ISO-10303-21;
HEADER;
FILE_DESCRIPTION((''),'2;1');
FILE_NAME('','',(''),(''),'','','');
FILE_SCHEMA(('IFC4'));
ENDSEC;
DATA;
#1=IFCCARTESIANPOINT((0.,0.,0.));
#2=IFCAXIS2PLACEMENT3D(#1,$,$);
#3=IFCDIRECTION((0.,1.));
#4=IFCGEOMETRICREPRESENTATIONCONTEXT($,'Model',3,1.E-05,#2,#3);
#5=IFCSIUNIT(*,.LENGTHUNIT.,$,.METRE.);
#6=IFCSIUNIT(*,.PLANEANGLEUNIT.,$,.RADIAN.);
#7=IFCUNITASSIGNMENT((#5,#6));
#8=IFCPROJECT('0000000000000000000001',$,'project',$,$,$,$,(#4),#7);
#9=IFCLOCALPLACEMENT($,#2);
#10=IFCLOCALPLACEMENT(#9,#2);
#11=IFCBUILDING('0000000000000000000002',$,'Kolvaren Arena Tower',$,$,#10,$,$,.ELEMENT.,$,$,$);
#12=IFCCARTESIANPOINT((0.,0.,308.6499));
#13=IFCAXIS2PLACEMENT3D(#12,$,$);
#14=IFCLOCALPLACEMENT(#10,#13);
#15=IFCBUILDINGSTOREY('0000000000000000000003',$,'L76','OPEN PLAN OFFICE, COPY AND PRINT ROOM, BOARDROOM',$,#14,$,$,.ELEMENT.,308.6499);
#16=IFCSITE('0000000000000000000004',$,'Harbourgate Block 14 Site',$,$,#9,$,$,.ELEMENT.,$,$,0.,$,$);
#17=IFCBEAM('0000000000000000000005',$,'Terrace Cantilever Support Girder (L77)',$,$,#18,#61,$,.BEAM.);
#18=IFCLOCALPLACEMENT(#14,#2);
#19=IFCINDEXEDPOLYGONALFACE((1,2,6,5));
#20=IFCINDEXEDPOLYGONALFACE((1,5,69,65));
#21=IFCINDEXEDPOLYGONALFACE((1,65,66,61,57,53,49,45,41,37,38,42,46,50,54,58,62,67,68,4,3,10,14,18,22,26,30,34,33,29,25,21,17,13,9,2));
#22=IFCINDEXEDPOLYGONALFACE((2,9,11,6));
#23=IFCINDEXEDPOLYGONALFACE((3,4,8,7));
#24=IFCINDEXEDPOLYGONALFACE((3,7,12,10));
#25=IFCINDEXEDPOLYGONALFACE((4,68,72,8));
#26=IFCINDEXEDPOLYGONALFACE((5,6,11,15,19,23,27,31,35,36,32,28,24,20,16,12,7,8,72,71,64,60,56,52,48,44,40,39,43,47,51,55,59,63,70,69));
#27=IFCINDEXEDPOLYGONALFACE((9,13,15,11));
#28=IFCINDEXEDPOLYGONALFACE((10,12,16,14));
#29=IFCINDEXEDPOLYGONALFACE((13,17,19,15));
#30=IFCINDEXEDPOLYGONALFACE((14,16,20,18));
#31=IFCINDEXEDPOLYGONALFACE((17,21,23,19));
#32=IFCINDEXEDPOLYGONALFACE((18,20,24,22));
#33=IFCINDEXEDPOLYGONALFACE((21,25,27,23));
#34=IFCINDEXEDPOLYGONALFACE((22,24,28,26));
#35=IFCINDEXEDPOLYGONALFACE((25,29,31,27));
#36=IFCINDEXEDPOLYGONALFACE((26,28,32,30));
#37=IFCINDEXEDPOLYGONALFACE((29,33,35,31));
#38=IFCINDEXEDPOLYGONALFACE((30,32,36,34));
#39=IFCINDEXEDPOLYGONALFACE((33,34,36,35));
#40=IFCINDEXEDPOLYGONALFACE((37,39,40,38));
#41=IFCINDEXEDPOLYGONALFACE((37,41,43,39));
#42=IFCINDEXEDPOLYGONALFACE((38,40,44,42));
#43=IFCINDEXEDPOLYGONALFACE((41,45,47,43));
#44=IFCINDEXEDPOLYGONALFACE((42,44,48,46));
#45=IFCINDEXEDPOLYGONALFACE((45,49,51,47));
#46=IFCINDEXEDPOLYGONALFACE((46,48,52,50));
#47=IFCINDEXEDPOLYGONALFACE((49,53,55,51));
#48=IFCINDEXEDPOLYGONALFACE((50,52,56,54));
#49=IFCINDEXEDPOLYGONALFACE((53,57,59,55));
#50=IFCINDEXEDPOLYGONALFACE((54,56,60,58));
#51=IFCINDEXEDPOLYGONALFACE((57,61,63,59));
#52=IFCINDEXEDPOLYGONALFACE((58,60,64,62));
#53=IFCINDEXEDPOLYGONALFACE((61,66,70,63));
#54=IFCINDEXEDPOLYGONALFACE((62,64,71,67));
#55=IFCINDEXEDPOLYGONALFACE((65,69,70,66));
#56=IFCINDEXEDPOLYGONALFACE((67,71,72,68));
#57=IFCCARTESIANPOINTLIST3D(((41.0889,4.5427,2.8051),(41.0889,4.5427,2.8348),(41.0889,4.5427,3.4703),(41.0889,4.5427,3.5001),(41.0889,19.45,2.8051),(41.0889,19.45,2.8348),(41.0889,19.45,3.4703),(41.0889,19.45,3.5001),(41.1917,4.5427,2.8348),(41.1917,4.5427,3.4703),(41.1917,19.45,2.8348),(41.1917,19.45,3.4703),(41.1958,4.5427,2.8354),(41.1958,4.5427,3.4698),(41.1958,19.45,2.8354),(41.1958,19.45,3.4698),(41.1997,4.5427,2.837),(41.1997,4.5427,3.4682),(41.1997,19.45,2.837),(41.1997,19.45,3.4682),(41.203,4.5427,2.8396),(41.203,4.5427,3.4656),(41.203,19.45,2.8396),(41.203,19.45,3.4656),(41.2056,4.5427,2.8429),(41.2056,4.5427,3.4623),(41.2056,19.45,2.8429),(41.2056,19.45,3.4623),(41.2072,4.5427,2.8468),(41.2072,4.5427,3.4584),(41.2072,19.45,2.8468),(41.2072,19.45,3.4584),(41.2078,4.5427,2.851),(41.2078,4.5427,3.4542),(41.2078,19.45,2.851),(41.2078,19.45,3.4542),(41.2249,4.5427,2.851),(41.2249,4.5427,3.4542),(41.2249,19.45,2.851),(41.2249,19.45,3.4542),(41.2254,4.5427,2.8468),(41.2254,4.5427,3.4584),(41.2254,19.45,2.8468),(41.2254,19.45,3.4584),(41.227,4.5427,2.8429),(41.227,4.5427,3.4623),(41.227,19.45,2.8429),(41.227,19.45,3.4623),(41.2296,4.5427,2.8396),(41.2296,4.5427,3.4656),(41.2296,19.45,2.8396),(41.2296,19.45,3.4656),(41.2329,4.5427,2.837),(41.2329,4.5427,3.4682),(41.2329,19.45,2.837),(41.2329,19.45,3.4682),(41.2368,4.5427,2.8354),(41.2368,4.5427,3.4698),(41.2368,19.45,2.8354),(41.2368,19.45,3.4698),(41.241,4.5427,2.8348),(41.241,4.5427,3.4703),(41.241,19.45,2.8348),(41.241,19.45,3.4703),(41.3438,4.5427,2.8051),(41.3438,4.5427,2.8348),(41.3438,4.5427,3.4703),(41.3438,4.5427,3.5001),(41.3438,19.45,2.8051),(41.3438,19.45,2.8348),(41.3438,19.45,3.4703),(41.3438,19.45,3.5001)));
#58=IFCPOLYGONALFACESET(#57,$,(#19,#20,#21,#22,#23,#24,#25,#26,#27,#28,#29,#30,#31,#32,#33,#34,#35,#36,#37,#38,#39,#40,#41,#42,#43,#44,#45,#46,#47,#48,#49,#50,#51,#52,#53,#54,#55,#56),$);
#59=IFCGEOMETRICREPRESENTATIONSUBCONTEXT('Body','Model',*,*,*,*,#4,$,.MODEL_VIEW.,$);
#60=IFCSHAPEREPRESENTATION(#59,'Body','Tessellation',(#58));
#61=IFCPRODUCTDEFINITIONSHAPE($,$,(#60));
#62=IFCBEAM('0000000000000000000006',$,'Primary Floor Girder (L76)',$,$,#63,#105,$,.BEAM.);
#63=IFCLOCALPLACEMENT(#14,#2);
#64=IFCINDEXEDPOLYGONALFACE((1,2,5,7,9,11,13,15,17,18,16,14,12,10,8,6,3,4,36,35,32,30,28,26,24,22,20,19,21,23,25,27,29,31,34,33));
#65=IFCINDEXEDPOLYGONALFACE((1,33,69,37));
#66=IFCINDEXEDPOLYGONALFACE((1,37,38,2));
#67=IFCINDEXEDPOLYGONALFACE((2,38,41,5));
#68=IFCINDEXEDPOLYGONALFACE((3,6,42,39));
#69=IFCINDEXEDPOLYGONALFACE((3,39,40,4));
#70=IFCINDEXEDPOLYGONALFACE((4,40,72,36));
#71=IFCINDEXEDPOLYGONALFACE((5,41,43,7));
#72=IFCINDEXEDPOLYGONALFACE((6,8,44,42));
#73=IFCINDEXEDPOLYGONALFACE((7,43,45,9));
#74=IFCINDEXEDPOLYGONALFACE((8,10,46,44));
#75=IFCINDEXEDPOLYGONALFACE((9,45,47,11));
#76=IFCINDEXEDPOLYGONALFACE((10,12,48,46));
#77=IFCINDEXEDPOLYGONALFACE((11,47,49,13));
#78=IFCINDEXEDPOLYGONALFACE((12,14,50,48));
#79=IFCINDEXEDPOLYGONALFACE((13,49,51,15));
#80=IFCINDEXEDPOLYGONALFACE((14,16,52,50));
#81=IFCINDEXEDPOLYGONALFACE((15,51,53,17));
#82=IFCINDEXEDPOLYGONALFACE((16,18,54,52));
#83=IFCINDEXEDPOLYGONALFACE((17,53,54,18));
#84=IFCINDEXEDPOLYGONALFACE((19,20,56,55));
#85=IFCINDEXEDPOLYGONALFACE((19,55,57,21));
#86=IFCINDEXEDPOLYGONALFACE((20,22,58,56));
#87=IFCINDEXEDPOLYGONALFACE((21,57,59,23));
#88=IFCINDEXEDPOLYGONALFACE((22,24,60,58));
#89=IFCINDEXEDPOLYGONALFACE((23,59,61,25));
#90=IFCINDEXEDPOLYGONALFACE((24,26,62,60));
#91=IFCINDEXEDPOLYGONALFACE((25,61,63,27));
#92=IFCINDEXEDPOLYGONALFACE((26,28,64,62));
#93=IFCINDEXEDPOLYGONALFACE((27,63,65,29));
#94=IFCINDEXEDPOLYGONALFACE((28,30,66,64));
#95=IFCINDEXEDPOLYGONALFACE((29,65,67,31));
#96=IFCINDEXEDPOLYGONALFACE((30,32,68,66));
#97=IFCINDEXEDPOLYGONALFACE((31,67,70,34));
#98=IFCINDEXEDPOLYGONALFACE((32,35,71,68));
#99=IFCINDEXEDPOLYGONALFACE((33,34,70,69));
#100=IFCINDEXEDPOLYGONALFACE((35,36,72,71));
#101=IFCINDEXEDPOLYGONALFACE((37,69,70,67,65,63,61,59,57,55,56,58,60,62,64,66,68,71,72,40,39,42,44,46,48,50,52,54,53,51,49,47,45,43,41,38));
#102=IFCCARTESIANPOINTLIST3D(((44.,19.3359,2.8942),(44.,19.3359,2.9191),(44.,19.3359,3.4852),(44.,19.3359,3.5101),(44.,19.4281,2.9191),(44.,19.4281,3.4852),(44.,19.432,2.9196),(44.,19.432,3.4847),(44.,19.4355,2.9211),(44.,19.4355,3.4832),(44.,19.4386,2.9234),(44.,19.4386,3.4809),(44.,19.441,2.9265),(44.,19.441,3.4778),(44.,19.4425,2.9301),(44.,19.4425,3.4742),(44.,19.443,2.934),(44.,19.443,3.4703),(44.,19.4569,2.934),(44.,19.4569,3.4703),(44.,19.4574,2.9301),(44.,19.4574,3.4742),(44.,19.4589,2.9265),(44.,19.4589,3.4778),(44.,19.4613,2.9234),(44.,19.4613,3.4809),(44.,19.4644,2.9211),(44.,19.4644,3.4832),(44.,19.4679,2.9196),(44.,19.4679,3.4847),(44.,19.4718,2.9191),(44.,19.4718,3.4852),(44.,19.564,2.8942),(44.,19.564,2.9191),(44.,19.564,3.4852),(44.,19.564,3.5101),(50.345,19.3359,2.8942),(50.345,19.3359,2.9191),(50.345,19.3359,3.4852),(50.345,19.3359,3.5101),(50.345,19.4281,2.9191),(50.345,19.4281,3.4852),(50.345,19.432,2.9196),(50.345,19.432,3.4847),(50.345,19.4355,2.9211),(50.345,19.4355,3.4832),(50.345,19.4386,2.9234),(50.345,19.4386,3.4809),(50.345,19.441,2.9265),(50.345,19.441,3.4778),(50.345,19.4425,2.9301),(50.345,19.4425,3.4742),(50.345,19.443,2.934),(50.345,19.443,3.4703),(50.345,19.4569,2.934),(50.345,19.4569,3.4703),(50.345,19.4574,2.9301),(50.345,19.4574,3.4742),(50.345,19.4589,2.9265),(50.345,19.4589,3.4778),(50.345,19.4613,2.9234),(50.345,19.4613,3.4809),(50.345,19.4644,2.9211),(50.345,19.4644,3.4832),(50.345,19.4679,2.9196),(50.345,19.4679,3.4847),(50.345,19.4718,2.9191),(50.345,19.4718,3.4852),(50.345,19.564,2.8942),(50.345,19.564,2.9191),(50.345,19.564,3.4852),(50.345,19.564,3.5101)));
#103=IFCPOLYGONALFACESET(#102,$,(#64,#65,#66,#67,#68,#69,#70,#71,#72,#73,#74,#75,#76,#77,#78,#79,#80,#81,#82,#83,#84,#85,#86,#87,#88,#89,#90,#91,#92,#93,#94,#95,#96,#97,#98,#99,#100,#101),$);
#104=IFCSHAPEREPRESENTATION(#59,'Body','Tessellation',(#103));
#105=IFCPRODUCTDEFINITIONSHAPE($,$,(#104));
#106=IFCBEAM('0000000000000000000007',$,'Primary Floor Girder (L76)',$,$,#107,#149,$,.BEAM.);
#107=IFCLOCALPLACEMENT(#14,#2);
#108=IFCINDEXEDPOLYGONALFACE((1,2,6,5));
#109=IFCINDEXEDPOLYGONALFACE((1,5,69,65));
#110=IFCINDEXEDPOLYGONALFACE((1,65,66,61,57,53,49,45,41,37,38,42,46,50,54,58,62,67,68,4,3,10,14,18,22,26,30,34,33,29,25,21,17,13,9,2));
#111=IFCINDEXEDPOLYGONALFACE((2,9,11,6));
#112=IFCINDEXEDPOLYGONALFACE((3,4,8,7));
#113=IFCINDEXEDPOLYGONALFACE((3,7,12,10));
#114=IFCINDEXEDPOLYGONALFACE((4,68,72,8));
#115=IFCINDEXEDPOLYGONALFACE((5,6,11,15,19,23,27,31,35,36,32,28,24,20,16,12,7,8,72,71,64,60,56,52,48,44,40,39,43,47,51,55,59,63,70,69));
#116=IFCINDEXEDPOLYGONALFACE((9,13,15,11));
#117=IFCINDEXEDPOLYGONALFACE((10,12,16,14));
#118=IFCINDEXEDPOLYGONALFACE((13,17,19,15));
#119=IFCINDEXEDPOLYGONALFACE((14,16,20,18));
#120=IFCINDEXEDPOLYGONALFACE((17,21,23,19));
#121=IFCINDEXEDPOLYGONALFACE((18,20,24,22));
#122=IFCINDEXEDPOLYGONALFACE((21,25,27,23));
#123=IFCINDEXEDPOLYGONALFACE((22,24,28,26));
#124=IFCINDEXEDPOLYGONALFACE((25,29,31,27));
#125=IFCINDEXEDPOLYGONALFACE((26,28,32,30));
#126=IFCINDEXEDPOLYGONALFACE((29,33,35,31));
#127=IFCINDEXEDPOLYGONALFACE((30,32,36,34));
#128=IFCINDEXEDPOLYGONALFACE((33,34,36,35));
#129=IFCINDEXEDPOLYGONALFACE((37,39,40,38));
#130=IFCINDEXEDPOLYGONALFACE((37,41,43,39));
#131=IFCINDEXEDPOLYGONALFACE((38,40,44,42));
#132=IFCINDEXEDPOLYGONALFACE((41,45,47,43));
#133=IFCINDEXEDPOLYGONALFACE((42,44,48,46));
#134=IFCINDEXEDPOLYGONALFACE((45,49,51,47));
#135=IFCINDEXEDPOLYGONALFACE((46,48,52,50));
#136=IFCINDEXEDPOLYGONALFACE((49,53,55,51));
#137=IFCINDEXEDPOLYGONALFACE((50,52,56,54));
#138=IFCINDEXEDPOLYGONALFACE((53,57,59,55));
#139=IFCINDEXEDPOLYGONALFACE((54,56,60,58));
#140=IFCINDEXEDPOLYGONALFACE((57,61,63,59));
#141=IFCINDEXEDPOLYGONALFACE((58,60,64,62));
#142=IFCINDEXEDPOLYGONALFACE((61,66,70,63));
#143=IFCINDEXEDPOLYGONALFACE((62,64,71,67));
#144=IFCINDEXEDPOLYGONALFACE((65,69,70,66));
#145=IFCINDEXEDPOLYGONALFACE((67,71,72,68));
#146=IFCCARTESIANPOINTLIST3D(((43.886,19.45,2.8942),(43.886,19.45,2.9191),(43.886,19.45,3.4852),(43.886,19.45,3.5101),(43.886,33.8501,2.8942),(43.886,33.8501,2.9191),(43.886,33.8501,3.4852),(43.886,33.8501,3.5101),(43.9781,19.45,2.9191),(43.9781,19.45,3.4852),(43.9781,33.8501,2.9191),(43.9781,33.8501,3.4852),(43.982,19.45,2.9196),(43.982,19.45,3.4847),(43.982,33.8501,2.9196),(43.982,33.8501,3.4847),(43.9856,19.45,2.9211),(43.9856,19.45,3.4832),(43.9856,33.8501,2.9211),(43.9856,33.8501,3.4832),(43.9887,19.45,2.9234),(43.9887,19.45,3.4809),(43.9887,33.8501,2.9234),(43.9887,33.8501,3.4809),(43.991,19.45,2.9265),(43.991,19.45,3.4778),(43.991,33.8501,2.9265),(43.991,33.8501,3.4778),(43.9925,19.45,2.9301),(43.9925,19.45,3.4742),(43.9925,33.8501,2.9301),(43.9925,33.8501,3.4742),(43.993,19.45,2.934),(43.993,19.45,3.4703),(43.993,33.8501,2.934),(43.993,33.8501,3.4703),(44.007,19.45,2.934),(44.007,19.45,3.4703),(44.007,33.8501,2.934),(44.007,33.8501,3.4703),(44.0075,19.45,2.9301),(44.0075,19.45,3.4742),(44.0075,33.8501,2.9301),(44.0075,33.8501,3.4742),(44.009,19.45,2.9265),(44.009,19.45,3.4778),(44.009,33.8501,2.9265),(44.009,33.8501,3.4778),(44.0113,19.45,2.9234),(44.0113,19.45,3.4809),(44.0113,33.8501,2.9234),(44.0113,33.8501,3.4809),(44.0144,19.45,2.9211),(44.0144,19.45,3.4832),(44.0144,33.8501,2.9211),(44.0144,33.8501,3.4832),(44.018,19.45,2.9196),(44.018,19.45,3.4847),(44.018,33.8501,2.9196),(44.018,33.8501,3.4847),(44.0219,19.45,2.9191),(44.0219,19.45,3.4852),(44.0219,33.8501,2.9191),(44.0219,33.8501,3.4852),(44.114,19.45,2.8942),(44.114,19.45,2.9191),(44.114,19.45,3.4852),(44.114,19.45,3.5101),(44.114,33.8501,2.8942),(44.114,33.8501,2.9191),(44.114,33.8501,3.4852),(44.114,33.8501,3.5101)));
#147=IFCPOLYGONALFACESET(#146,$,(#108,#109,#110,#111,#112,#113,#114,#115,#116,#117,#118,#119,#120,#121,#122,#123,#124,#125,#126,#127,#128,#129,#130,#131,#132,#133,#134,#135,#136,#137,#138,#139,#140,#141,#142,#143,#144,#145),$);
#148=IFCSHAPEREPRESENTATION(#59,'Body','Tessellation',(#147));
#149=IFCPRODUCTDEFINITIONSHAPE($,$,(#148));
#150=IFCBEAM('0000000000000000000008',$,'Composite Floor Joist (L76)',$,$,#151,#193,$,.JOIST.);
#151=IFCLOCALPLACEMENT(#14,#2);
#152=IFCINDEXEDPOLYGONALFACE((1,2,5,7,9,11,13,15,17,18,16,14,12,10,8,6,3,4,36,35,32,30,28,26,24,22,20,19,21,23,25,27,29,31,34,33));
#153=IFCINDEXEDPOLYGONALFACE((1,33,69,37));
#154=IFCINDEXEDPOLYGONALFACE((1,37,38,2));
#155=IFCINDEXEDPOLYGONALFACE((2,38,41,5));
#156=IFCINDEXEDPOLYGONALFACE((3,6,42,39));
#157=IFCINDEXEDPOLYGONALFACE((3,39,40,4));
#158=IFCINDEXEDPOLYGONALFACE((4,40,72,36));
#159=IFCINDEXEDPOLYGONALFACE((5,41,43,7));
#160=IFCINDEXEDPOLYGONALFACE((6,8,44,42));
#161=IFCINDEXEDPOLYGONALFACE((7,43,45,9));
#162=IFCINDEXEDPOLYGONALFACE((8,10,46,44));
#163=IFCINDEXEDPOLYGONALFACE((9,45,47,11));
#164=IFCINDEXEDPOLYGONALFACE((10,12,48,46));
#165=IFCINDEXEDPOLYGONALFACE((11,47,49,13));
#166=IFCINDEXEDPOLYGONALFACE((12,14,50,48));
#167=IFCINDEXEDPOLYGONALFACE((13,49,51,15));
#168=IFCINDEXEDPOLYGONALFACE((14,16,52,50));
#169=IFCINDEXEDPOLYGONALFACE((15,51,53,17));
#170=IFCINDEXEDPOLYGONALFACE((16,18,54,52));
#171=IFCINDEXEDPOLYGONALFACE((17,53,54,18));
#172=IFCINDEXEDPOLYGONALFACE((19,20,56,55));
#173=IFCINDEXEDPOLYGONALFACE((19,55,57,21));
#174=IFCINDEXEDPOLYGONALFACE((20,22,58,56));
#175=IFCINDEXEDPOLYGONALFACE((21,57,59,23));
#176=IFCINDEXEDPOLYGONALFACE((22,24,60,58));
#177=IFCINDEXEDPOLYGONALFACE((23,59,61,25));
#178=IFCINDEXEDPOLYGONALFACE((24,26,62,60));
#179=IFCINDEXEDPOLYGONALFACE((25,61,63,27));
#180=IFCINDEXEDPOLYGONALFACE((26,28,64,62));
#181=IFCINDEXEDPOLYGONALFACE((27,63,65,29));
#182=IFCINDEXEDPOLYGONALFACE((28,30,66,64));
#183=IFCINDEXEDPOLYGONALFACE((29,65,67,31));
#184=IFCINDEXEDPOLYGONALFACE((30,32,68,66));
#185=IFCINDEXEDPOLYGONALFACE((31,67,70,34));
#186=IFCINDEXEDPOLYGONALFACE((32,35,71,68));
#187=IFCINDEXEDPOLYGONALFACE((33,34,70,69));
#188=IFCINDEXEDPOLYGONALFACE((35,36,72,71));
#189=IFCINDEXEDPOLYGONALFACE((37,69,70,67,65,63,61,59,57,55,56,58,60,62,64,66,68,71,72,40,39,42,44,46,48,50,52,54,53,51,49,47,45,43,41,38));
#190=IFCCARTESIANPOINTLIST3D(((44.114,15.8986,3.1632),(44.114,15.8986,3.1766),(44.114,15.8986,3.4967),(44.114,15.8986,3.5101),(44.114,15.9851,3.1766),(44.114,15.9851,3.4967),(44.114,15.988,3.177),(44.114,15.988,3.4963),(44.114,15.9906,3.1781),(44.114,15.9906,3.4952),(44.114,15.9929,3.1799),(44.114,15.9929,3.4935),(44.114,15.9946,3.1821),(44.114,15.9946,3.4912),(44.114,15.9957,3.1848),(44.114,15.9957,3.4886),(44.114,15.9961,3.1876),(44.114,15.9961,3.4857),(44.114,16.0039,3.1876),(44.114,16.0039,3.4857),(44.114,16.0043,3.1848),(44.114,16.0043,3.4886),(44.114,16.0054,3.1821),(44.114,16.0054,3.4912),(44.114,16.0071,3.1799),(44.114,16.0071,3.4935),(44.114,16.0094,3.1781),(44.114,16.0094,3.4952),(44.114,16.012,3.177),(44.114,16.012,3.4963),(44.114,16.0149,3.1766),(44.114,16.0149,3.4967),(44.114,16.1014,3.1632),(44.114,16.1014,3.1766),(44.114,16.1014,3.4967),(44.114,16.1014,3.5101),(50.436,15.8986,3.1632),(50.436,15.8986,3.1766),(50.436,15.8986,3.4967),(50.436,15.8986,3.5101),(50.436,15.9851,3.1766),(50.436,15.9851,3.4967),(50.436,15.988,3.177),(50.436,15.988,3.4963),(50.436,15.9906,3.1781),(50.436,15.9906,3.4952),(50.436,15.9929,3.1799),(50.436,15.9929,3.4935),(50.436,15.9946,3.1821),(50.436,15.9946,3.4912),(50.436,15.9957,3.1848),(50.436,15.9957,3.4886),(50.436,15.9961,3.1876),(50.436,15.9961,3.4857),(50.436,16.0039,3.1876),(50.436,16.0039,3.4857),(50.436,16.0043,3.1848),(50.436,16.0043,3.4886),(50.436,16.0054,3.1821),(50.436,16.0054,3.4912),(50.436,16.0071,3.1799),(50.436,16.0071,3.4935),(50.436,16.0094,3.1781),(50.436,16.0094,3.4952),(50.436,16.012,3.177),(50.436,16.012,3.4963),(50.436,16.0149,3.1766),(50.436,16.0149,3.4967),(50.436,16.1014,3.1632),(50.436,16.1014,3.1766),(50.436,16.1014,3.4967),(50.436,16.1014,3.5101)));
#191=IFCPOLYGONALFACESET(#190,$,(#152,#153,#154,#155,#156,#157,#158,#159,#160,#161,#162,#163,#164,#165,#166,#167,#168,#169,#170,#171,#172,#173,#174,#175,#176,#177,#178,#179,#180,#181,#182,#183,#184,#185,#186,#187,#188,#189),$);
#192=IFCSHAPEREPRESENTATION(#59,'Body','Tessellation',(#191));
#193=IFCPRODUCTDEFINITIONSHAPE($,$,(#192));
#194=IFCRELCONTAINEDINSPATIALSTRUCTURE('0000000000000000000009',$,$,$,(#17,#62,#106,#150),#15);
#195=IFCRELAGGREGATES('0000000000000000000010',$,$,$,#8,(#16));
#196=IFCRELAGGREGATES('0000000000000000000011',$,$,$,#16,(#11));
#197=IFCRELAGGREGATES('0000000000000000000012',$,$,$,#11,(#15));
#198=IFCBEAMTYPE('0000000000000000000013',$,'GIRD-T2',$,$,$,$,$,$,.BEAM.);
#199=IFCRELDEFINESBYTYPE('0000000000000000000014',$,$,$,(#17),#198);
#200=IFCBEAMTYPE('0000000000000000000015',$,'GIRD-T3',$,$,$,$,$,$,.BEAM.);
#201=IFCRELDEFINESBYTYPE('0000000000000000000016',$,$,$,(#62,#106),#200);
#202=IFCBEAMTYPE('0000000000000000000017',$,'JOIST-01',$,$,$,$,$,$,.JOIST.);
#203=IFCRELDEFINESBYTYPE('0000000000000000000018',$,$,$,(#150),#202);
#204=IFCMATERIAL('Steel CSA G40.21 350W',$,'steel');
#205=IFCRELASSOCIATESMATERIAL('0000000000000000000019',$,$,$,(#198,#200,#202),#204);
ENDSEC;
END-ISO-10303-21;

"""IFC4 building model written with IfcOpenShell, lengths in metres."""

from ifc_helpers import new_model, si_unit, direction, frame, origin, origin_2d, place, context, subcontext, project, spatial, i_section, extrude, material, material_profile, profile_set, type_object, element, save


model = new_model("IFC4")

# Units and contexts
model_context = context("Model", 3, precision=1e-05, world=origin(), true_north=direction((0.0, 1.0)))
body_context = subcontext(model_context, "Body", "Model", "MODEL_VIEW")
ifc_project = project(units=[si_unit("LENGTHUNIT", "METRE"), si_unit("PLANEANGLEUNIT", "RADIAN")], contexts=[model_context])

# Site, building, storey
site_placement = place(None, origin())
site = spatial("IfcSite", under=ifc_project, at=site_placement, Name="Harbourgate Block 14 Site", CompositionType="ELEMENT", RefElevation=0.0)
building_placement = place(site_placement, origin())
building = spatial("IfcBuilding", under=site, at=building_placement, Name="Kolvaren Arena Tower", CompositionType="ELEMENT")
storey_placement = place(building_placement, frame((0.0, 0.0, 308.6499)))
storey = spatial("IfcBuildingStorey", under=building, at=storey_placement, Name="L76", Description="OPEN PLAN OFFICE, COPY AND PRINT ROOM, BOARDROOM", CompositionType="ELEMENT", Elevation=308.6499)

# Beams
ifc_material_1 = material(Name="Steel CSA G40.21 350W", Category="steel")
ifc_material_profile_1 = material_profile(ifc_material_1, i_section(OverallWidth=0.2549, OverallDepth=0.6951, WebThickness=0.0171, FlangeThickness=0.0298, FilletRadius=0.0161, at=origin_2d()), Name="W690x217")
ifc_profile_set_1 = profile_set([ifc_material_profile_1], Name="Steel CSA G40.21 350W")
beam_type_1 = type_object("IfcBeamType", Name="GIRD-T2", PredefinedType="BEAM", material=ifc_profile_set_1)
beam_1_placement = place(storey_placement, frame((41.2163, 19.45, 3.1526), z_axis=(0.0, -1.0, 0.0), x_axis=(1.0, 0.0, 0.0)))
element("IfcBeam", 1, at=beam_1_placement, inside=storey, type_object=beam_type_1, Name="Terrace Cantilever Support Girder (L77)", PredefinedType="BEAM", context=body_context, shape_type="SweptSolid", body=[
    extrude(i_section(OverallWidth=0.2549, OverallDepth=0.6951, WebThickness=0.0171, FlangeThickness=0.0298, FilletRadius=0.0161, at=origin_2d()), origin(), (0.0, 0.0, 1.0), 14.9072),
])
ifc_material_profile_2 = material_profile(ifc_material_1, i_section(OverallWidth=0.228, OverallDepth=0.616, WebThickness=0.0139, FlangeThickness=0.0249, FilletRadius=0.0149, at=origin_2d()), Name="W610x174")
ifc_profile_set_2 = profile_set([ifc_material_profile_2], Name="Steel CSA G40.21 350W")
beam_type_2 = type_object("IfcBeamType", Name="GIRD-T3", PredefinedType="BEAM", material=ifc_profile_set_2)
beam_2_placement = place(storey_placement, frame((44.0, 19.45, 3.2021), z_axis=(1.0, 0.0, 0.0), x_axis=(0.0, 1.0, 0.0)))
element("IfcBeam", 2, at=beam_2_placement, inside=storey, type_object=beam_type_2, Name="Primary Floor Girder (L76)", PredefinedType="BEAM", context=body_context, shape_type="SweptSolid", body=[
    extrude(i_section(OverallWidth=0.228, OverallDepth=0.616, WebThickness=0.0139, FlangeThickness=0.0249, FilletRadius=0.0149, at=origin_2d()), origin(), (0.0, 0.0, 1.0), 6.345),
])
beam_3_placement = place(storey_placement, frame((44.0, 19.45, 3.2021), z_axis=(0.0, 1.0, 0.0), x_axis=(-1.0, 0.0, 0.0)))
element("IfcBeam", 3, at=beam_3_placement, inside=storey, type_object=beam_type_2, Name="Primary Floor Girder (L76)", PredefinedType="BEAM", context=body_context, shape_type="SweptSolid", body=[
    extrude(i_section(OverallWidth=0.228, OverallDepth=0.616, WebThickness=0.0139, FlangeThickness=0.0249, FilletRadius=0.0149, at=origin_2d()), origin(), (0.0, 0.0, 1.0), 14.4001),
])
ifc_material_profile_3 = material_profile(ifc_material_1, i_section(OverallWidth=0.2029, OverallDepth=0.3469, WebThickness=0.0078, FlangeThickness=0.0134, FilletRadius=0.011, at=origin_2d()), Name="W360x64")
ifc_profile_set_3 = profile_set([ifc_material_profile_3], Name="Steel CSA G40.21 350W")
beam_type_3 = type_object("IfcBeamType", Name="JOIST-01", PredefinedType="JOIST", material=ifc_profile_set_3)
beam_4_placement = place(storey_placement, frame((44.114, 16.0, 3.3367), z_axis=(1.0, 0.0, 0.0), x_axis=(0.0, 1.0, 0.0)))
element("IfcBeam", 4, at=beam_4_placement, inside=storey, type_object=beam_type_3, Name="Composite Floor Joist (L76)", PredefinedType="JOIST", context=body_context, shape_type="SweptSolid", body=[
    extrude(i_section(OverallWidth=0.2029, OverallDepth=0.3469, WebThickness=0.0078, FlangeThickness=0.0134, FilletRadius=0.011, at=origin_2d()), origin(), (0.0, 0.0, 1.0), 6.322),
])

save(model, "model.ifc")
